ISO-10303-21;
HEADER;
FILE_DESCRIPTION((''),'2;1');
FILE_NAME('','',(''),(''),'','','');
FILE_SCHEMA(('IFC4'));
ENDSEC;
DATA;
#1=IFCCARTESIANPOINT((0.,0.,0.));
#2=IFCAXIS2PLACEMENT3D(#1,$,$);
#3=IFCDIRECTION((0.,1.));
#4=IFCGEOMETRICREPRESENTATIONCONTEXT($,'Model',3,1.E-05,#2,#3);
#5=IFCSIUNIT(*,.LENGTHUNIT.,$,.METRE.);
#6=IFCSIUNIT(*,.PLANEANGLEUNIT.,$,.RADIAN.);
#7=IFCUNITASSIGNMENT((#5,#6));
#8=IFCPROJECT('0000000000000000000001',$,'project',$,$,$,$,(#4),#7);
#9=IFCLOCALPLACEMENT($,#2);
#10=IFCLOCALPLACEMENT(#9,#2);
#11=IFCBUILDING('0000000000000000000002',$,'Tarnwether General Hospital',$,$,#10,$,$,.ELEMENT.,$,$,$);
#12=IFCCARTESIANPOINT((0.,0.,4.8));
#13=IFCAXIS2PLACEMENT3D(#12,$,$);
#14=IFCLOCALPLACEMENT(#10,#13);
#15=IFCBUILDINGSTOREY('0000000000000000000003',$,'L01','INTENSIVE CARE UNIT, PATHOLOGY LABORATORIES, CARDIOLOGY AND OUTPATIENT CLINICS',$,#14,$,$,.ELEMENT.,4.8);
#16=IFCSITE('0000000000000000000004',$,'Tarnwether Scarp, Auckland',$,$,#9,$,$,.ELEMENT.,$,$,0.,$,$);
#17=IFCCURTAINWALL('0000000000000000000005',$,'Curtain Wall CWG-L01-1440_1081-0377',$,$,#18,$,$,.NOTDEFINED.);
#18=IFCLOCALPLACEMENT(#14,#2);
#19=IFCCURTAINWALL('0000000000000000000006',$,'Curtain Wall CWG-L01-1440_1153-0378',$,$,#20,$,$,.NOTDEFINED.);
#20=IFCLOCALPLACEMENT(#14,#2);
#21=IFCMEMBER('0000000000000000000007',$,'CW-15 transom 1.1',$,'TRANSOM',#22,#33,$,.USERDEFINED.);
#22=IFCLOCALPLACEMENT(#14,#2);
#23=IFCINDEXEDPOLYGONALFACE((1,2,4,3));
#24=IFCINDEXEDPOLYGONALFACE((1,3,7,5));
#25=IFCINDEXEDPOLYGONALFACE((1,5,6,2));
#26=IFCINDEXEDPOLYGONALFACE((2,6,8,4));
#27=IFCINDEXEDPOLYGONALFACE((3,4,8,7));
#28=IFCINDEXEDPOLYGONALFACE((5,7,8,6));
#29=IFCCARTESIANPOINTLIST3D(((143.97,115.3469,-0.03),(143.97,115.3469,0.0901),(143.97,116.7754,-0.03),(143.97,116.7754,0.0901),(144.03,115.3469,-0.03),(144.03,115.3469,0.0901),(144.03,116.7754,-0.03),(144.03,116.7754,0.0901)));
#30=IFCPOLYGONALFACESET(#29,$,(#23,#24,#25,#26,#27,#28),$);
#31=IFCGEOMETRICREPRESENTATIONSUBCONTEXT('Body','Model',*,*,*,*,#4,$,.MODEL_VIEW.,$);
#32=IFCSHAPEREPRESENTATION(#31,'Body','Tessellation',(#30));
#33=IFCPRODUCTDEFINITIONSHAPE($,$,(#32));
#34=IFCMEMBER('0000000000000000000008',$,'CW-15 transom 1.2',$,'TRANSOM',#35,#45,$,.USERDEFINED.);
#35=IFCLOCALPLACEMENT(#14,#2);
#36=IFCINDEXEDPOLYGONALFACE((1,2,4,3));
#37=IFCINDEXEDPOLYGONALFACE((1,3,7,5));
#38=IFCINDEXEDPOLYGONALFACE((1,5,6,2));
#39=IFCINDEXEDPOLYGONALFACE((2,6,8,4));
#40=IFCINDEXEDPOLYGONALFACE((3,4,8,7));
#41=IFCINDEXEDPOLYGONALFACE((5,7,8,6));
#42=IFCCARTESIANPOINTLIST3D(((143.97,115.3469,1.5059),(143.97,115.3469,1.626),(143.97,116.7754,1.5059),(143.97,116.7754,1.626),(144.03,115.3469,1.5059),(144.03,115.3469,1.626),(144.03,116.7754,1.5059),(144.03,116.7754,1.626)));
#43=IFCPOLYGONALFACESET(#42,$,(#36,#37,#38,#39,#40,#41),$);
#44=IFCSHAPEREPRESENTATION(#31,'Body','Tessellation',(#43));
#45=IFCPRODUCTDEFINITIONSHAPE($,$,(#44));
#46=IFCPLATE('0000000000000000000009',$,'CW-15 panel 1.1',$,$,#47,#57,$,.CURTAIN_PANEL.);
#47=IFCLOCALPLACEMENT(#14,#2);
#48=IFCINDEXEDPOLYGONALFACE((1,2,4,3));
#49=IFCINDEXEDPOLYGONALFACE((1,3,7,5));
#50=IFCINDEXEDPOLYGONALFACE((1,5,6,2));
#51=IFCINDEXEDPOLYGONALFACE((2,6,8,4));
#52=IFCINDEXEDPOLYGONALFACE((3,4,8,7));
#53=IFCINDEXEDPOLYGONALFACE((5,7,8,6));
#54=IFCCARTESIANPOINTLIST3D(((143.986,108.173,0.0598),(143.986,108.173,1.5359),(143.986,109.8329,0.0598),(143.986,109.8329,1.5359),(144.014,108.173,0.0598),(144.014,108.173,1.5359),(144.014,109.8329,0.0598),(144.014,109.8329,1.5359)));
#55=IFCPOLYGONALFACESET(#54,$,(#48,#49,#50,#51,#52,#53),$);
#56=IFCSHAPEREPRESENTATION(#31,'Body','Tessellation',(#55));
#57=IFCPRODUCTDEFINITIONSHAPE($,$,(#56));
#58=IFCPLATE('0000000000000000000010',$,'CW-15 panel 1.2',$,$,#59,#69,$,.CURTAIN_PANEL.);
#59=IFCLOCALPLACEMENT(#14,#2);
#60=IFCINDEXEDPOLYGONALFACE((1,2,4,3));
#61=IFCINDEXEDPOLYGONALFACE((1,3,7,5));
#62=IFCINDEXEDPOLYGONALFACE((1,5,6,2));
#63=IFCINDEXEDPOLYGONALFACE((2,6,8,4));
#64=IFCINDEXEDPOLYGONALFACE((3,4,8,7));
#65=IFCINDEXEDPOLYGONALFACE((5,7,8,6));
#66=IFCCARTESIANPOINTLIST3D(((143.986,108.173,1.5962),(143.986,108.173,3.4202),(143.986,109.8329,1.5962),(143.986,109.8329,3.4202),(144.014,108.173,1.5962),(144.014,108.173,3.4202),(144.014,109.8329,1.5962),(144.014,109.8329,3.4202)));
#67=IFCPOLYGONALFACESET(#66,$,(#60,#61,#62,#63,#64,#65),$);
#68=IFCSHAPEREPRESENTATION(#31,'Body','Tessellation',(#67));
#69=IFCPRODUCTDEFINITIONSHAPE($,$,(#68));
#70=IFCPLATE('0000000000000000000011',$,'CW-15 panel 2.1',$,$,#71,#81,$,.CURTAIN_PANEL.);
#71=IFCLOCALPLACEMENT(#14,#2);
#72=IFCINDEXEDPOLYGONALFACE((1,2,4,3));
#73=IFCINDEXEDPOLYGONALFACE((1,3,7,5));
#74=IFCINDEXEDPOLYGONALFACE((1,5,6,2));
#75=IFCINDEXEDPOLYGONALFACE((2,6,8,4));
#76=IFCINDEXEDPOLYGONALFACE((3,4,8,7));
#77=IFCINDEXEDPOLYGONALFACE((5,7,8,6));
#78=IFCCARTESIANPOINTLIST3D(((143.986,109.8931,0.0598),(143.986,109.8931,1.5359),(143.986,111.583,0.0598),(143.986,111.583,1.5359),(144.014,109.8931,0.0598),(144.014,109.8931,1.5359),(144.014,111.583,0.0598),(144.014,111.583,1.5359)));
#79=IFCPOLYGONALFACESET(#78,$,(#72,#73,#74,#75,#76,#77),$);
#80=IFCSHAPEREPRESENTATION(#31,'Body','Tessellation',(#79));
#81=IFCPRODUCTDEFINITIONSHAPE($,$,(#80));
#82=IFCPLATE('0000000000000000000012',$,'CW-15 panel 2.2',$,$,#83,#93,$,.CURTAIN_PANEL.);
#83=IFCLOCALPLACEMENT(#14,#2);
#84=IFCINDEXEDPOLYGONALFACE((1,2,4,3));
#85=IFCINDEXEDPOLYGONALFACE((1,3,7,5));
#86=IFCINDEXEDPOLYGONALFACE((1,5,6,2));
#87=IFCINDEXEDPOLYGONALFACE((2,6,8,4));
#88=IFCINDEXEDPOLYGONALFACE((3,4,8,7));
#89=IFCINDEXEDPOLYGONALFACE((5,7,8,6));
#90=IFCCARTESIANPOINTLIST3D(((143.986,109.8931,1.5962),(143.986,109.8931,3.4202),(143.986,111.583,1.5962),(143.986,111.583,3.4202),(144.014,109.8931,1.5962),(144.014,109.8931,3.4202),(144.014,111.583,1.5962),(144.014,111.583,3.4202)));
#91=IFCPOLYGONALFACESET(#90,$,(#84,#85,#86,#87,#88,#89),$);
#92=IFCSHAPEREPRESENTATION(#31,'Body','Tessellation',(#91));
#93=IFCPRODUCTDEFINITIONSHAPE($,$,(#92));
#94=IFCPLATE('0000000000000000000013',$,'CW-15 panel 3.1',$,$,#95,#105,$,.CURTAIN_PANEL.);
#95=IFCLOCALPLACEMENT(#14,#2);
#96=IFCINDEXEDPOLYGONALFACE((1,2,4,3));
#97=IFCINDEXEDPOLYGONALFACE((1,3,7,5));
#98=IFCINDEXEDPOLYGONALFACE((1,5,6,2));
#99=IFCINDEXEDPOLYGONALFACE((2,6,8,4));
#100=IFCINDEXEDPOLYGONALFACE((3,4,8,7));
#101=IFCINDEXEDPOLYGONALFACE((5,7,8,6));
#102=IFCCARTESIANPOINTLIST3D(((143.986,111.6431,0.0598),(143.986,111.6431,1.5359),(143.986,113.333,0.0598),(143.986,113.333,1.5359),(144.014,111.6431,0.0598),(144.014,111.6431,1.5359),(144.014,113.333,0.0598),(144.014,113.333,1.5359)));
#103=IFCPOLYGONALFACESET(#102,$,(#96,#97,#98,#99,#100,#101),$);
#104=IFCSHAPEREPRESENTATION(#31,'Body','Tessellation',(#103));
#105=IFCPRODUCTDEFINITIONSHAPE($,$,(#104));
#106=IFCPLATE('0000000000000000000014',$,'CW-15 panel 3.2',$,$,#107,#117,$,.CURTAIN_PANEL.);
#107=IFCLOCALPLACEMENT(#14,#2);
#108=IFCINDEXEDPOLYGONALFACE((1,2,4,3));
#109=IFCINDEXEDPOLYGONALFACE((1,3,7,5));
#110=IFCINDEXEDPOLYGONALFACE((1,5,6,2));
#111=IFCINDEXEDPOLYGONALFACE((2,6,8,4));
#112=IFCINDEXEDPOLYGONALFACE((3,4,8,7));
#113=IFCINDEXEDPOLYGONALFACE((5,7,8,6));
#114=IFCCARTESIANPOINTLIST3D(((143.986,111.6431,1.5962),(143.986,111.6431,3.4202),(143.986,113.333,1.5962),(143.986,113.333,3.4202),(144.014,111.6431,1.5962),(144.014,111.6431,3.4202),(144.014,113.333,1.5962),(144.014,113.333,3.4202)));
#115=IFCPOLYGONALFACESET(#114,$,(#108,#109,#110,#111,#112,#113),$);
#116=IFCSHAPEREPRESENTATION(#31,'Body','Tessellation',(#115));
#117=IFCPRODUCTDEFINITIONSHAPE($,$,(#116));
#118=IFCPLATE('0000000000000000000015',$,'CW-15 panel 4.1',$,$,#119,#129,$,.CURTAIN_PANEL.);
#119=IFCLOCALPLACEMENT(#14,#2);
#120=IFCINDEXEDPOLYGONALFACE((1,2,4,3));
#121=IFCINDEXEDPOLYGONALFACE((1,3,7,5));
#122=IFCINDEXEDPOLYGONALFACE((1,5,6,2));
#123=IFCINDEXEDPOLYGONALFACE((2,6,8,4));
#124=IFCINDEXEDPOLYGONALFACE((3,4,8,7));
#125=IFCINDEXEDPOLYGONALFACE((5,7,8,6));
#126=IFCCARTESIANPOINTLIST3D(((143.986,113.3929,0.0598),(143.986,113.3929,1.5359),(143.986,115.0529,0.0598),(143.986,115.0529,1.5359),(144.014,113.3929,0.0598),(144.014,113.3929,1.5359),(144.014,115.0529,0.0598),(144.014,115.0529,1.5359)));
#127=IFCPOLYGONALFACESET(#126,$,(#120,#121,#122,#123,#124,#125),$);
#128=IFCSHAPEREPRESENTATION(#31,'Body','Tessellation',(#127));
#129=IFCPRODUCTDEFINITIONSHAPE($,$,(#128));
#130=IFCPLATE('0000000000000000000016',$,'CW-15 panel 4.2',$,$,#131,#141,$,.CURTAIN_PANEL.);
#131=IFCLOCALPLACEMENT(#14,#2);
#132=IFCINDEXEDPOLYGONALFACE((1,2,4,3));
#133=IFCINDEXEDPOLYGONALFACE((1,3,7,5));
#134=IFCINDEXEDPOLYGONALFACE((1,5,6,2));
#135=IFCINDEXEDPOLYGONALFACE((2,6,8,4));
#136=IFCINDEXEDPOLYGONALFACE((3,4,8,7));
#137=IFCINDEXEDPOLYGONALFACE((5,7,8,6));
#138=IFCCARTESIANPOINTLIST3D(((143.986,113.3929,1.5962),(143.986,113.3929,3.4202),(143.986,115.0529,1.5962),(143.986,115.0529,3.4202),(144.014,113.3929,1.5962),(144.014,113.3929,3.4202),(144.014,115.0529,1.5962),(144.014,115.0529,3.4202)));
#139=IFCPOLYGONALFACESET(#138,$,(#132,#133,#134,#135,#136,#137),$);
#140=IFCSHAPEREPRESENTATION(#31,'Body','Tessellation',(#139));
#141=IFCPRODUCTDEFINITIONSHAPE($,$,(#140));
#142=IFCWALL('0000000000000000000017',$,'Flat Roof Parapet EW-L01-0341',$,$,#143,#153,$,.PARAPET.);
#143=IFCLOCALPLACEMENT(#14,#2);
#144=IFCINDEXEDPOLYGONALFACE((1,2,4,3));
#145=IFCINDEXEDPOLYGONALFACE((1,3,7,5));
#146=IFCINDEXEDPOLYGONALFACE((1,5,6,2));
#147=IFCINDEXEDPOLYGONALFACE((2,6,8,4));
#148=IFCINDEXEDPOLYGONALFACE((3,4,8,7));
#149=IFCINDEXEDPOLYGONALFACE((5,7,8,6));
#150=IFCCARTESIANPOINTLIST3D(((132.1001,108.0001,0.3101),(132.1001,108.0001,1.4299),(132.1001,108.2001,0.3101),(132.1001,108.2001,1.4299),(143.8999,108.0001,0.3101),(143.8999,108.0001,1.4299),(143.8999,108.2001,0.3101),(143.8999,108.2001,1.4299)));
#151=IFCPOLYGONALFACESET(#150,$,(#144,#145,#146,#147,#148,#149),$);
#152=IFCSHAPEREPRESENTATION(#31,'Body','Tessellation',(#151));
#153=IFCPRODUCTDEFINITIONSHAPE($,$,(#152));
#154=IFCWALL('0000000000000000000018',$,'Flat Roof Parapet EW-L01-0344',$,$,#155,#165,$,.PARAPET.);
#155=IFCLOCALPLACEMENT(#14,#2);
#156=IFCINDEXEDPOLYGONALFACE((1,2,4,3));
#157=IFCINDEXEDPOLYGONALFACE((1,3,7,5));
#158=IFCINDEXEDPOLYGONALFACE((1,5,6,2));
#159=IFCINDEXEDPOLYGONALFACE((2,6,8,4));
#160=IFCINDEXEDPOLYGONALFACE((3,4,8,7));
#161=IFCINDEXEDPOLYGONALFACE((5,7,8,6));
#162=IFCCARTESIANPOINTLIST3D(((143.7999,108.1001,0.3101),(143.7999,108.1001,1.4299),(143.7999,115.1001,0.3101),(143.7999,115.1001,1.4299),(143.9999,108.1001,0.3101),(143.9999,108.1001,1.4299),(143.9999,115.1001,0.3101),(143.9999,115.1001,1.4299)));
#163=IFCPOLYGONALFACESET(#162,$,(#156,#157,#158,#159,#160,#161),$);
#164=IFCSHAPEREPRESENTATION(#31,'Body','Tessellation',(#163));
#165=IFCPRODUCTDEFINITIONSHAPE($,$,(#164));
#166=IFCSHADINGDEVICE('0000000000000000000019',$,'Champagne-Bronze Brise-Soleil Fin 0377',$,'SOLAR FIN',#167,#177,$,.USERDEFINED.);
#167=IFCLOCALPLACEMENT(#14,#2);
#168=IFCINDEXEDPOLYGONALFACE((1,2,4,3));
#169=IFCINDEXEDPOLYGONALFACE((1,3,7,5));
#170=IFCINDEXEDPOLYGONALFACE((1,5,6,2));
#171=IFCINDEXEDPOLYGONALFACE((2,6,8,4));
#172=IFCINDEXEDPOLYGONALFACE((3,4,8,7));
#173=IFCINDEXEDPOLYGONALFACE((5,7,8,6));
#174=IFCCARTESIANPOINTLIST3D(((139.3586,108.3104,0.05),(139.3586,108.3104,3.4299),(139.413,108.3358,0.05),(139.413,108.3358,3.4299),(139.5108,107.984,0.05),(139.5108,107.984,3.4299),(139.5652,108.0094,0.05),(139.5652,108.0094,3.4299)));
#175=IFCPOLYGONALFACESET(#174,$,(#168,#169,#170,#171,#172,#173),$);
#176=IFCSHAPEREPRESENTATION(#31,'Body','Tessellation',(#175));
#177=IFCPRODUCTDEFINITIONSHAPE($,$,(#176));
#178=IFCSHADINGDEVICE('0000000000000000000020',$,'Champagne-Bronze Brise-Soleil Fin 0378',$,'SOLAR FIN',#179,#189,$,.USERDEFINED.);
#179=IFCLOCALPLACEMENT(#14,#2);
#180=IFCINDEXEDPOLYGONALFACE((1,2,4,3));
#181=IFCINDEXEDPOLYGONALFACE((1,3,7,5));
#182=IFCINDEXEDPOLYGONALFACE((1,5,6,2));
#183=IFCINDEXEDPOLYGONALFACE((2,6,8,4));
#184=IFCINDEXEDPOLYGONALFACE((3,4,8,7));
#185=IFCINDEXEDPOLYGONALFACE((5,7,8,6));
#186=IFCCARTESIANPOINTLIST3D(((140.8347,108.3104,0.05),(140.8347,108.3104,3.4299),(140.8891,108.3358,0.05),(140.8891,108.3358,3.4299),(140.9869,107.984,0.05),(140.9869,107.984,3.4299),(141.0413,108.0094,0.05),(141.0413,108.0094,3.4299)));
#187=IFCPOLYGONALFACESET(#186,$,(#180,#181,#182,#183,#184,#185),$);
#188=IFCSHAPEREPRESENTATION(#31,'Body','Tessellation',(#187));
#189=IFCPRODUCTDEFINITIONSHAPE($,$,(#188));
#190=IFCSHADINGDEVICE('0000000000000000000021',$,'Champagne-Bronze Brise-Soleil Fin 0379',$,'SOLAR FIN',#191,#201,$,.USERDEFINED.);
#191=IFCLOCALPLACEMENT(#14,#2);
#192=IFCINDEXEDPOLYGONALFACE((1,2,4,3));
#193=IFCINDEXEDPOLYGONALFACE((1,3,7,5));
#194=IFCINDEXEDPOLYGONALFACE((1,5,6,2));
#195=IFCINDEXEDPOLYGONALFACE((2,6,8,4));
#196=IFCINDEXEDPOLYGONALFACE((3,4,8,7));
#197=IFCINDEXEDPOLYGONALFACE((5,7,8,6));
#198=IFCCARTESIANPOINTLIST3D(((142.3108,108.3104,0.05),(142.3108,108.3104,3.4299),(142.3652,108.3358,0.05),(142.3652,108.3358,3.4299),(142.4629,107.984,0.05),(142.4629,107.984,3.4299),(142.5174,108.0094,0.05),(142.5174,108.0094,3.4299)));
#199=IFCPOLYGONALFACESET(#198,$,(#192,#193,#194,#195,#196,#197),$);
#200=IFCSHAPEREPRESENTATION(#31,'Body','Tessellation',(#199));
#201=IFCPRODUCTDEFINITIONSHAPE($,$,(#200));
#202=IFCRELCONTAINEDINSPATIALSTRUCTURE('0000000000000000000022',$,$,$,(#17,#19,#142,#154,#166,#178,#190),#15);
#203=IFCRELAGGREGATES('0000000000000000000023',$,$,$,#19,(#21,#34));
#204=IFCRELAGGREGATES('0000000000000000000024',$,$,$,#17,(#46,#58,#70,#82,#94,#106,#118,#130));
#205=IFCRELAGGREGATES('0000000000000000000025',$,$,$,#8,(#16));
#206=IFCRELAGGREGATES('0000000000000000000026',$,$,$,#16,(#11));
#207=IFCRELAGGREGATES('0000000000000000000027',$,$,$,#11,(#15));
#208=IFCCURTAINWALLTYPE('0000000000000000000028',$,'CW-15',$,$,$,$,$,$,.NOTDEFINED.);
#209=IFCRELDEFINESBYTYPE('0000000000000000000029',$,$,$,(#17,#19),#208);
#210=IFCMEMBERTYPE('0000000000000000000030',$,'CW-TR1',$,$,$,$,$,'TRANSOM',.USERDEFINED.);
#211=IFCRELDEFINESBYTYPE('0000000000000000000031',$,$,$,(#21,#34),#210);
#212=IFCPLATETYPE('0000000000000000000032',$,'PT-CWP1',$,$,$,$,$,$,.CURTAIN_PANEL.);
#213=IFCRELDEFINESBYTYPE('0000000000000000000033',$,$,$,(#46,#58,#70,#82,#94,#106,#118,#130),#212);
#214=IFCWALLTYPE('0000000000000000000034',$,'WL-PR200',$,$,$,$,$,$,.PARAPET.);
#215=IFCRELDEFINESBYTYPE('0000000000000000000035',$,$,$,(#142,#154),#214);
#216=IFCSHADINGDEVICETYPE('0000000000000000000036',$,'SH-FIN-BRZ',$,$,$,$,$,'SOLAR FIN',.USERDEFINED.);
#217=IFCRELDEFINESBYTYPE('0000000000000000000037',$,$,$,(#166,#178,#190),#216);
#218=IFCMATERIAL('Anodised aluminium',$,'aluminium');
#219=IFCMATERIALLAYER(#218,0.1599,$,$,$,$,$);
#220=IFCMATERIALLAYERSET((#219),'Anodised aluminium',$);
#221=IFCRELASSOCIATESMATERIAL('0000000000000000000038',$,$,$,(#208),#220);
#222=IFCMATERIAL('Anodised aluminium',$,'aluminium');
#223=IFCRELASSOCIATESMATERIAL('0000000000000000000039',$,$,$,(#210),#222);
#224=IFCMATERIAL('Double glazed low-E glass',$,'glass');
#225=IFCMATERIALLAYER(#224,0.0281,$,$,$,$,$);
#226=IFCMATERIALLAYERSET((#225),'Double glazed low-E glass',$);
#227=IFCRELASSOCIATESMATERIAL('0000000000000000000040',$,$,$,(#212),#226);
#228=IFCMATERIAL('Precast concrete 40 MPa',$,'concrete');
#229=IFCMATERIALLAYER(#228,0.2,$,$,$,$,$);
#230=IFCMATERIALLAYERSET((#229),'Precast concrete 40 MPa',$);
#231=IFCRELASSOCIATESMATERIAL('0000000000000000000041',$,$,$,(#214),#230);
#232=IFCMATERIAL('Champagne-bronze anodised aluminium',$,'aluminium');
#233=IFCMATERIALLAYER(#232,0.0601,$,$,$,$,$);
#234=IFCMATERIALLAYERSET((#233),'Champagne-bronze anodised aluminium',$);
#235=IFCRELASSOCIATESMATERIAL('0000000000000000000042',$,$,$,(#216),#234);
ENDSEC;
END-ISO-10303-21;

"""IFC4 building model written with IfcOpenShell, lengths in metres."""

from ifc_helpers import new_model, si_unit, direction, frame, frame_2d, origin, origin_2d, place, context, subcontext, project, spatial, rectangle, extrude, material, layer, layer_set, material_profile, profile_set, type_object, element, aggregate, save


model = new_model("IFC4")

# Units and contexts
model_context = context("Model", 3, precision=1e-05, world=origin(), true_north=direction((0.0, 1.0)))
body_context = subcontext(model_context, "Body", "Model", "MODEL_VIEW")
ifc_project = project(units=[si_unit("LENGTHUNIT", "METRE"), si_unit("PLANEANGLEUNIT", "RADIAN")], contexts=[model_context])

# Site, building, storey
site_placement = place(None, origin())
site = spatial("IfcSite", under=ifc_project, at=site_placement, Name="Tarnwether Scarp, Auckland", CompositionType="ELEMENT", RefElevation=0.0)
building_placement = place(site_placement, origin())
building = spatial("IfcBuilding", under=site, at=building_placement, Name="Tarnwether General Hospital", CompositionType="ELEMENT")
storey_placement = place(building_placement, frame((0.0, 0.0, 4.8)))
storey = spatial("IfcBuildingStorey", under=building, at=storey_placement, Name="L01", Description="INTENSIVE CARE UNIT, PATHOLOGY LABORATORIES, CARDIOLOGY AND OUTPATIENT CLINICS", CompositionType="ELEMENT", Elevation=4.8)

# Curtain wall
ifc_material_1 = material(Name="Anodised aluminium", Category="aluminium")
ifc_layer_1 = layer(ifc_material_1, 0.1599)
ifc_layer_set_1 = layer_set([ifc_layer_1], Name="Anodised aluminium")
curtain_wall_type_1 = type_object("IfcCurtainWallType", Name="CW-15", PredefinedType="NOTDEFINED", material=ifc_layer_set_1)
curtain_wall_1_placement = place(storey_placement, origin())
curtain_wall_1 = element("IfcCurtainWall", 1, at=curtain_wall_1_placement, inside=storey, type_object=curtain_wall_type_1, Name="Curtain Wall CWG-L01-1440_1081-0377", PredefinedType="NOTDEFINED")

# Curtain wall
curtain_wall_2_placement = place(storey_placement, origin())
curtain_wall_2 = element("IfcCurtainWall", 2, at=curtain_wall_2_placement, inside=storey, type_object=curtain_wall_type_1, Name="Curtain Wall CWG-L01-1440_1153-0378", PredefinedType="NOTDEFINED")

# Members
ifc_material_2 = material(Name="Anodised aluminium", Category="aluminium")
ifc_material_profile_1 = material_profile(ifc_material_2, rectangle(XDim=0.0601, YDim=0.1201, at=origin_2d()), Name="ALU-TRN-60x120")
ifc_profile_set_1 = profile_set([ifc_material_profile_1], Name="Anodised aluminium")
member_type_1 = type_object("IfcMemberType", Name="CW-TR1", ElementType="TRANSOM", PredefinedType="USERDEFINED", material=ifc_profile_set_1)
member_1_placement = place(storey_placement, frame((144.0, 115.3469, 0.03), z_axis=(0.0, 1.0, 0.0), x_axis=(-1.0, 0.0, 0.0)))
member_1 = element("IfcMember", 3, at=member_1_placement, type_object=member_type_1, Name="CW-15 transom 1.1", ObjectType="TRANSOM", PredefinedType="USERDEFINED", context=body_context, shape_type="SweptSolid", body=[
    extrude(rectangle(XDim=0.0601, YDim=0.1201, at=origin_2d()), origin(), (0.0, 0.0, 1.0), 1.4285),
])
member_2_placement = place(storey_placement, frame((144.0, 115.3469, 1.5659), z_axis=(0.0, 1.0, 0.0), x_axis=(-1.0, 0.0, 0.0)))
member_2 = element("IfcMember", 4, at=member_2_placement, type_object=member_type_1, Name="CW-15 transom 1.2", ObjectType="TRANSOM", PredefinedType="USERDEFINED", context=body_context, shape_type="SweptSolid", body=[
    extrude(rectangle(XDim=0.0601, YDim=0.1201, at=origin_2d()), origin(), (0.0, 0.0, 1.0), 1.4285),
])
aggregate(curtain_wall_2, [member_1, member_2])

# Plates
ifc_material_3 = material(Name="Double glazed low-E glass", Category="glass")
ifc_layer_2 = layer(ifc_material_3, 0.0281)
ifc_layer_set_2 = layer_set([ifc_layer_2], Name="Double glazed low-E glass")
plate_type = type_object("IfcPlateType", Name="PT-CWP1", PredefinedType="CURTAIN_PANEL", material=ifc_layer_set_2)
plate_1_placement = place(storey_placement, frame((144.0, 109.0029, 0.0598), z_axis=(0.0, 0.0, 1.0), x_axis=(0.0, 1.0, 0.0)))
plate_1 = element("IfcPlate", 5, at=plate_1_placement, type_object=plate_type, Name="CW-15 panel 1.1", PredefinedType="CURTAIN_PANEL", context=body_context, shape_type="SweptSolid", body=[
    extrude(rectangle(XDim=1.6599, YDim=0.0281, at=origin_2d()), origin(), (0.0, 0.0, 1.0), 1.4761),
])
plate_2_placement = place(storey_placement, frame((144.0, 109.0029, 1.5962), z_axis=(0.0, 0.0, 1.0), x_axis=(0.0, 1.0, 0.0)))
plate_2 = element("IfcPlate", 6, at=plate_2_placement, type_object=plate_type, Name="CW-15 panel 1.2", PredefinedType="CURTAIN_PANEL", context=body_context, shape_type="SweptSolid", body=[
    extrude(rectangle(XDim=1.6599, YDim=0.0281, at=origin_2d()), origin(), (0.0, 0.0, 1.0), 1.824),
])
plate_3_placement = place(storey_placement, frame((144.0, 110.738, 0.0598), z_axis=(0.0, 0.0, 1.0), x_axis=(0.0, 1.0, 0.0)))
plate_3 = element("IfcPlate", 7, at=plate_3_placement, type_object=plate_type, Name="CW-15 panel 2.1", PredefinedType="CURTAIN_PANEL", context=body_context, shape_type="SweptSolid", body=[
    extrude(rectangle(XDim=1.6899, YDim=0.0281, at=origin_2d()), origin(), (0.0, 0.0, 1.0), 1.4761),
])
plate_4_placement = place(storey_placement, frame((144.0, 110.738, 1.5962), z_axis=(0.0, 0.0, 1.0), x_axis=(0.0, 1.0, 0.0)))
plate_4 = element("IfcPlate", 8, at=plate_4_placement, type_object=plate_type, Name="CW-15 panel 2.2", PredefinedType="CURTAIN_PANEL", context=body_context, shape_type="SweptSolid", body=[
    extrude(rectangle(XDim=1.6899, YDim=0.0281, at=origin_2d()), origin(), (0.0, 0.0, 1.0), 1.824),
])
plate_5_placement = place(storey_placement, frame((144.0, 112.488, 0.0598), z_axis=(0.0, 0.0, 1.0), x_axis=(0.0, 1.0, 0.0)))
plate_5 = element("IfcPlate", 9, at=plate_5_placement, type_object=plate_type, Name="CW-15 panel 3.1", PredefinedType="CURTAIN_PANEL", context=body_context, shape_type="SweptSolid", body=[
    extrude(rectangle(XDim=1.6899, YDim=0.0281, at=origin_2d()), origin(), (0.0, 0.0, 1.0), 1.4761),
])
plate_6_placement = place(storey_placement, frame((144.0, 112.488, 1.5962), z_axis=(0.0, 0.0, 1.0), x_axis=(0.0, 1.0, 0.0)))
plate_6 = element("IfcPlate", 10, at=plate_6_placement, type_object=plate_type, Name="CW-15 panel 3.2", PredefinedType="CURTAIN_PANEL", context=body_context, shape_type="SweptSolid", body=[
    extrude(rectangle(XDim=1.6899, YDim=0.0281, at=origin_2d()), origin(), (0.0, 0.0, 1.0), 1.824),
])
plate_7_placement = place(storey_placement, frame((144.0, 114.2229, 0.0598), z_axis=(0.0, 0.0, 1.0), x_axis=(0.0, 1.0, 0.0)))
plate_7 = element("IfcPlate", 11, at=plate_7_placement, type_object=plate_type, Name="CW-15 panel 4.1", PredefinedType="CURTAIN_PANEL", context=body_context, shape_type="SweptSolid", body=[
    extrude(rectangle(XDim=1.6599, YDim=0.0281, at=origin_2d()), origin(), (0.0, 0.0, 1.0), 1.4761),
])
plate_8_placement = place(storey_placement, frame((144.0, 114.2229, 1.5962), z_axis=(0.0, 0.0, 1.0), x_axis=(0.0, 1.0, 0.0)))
plate_8 = element("IfcPlate", 12, at=plate_8_placement, type_object=plate_type, Name="CW-15 panel 4.2", PredefinedType="CURTAIN_PANEL", context=body_context, shape_type="SweptSolid", body=[
    extrude(rectangle(XDim=1.6599, YDim=0.0281, at=origin_2d()), origin(), (0.0, 0.0, 1.0), 1.824),
])
aggregate(curtain_wall_1, [plate_1, plate_2, plate_3, plate_4, plate_5, plate_6, plate_7, plate_8])

# Walls
ifc_material_4 = material(Name="Precast concrete 40 MPa", Category="concrete")
ifc_layer_3 = layer(ifc_material_4, 0.2)
ifc_layer_set_3 = layer_set([ifc_layer_3], Name="Precast concrete 40 MPa")
wall_type = type_object("IfcWallType", Name="WL-PR200", PredefinedType="PARAPET", material=ifc_layer_set_3)
wall_1_placement = place(storey_placement, frame((143.8999, 108.1001, 0.3101), z_axis=(0.0, 0.0, 1.0), x_axis=(-1.0, 0.0, 0.0)))
element("IfcWall", 13, at=wall_1_placement, inside=storey, type_object=wall_type, Name="Flat Roof Parapet EW-L01-0341", PredefinedType="PARAPET", context=body_context, shape_type="SweptSolid", body=[
    extrude(rectangle(XDim=11.7998, YDim=0.2, at=frame_2d((5.8999, 0.0))), origin(), (0.0, 0.0, 1.0), 1.1199),
])
wall_2_placement = place(storey_placement, frame((143.8999, 115.1001, 0.3101), z_axis=(0.0, 0.0, 1.0), x_axis=(0.0, -1.0, 0.0)))
element("IfcWall", 14, at=wall_2_placement, inside=storey, type_object=wall_type, Name="Flat Roof Parapet EW-L01-0344", PredefinedType="PARAPET", context=body_context, shape_type="SweptSolid", body=[
    extrude(rectangle(XDim=7.0, YDim=0.2, at=frame_2d((3.5, 0.0))), origin(), (0.0, 0.0, 1.0), 1.1199),
])

# Shading devices
ifc_material_5 = material(Name="Champagne-bronze anodised aluminium", Category="aluminium")
ifc_layer_4 = layer(ifc_material_5, 0.0601)
ifc_layer_set_4 = layer_set([ifc_layer_4], Name="Champagne-bronze anodised aluminium")
shading_device_type = type_object("IfcShadingDeviceType", Name="SH-FIN-BRZ", ElementType="SOLAR FIN", PredefinedType="USERDEFINED", material=ifc_layer_set_4)
for number, where, z_axis, x_axis, name in (
    (15, (139.4619, 108.1599, 0.05), (0.0, 0.0, 1.0), (0.906308, 0.422618, 0.0), "Champagne-Bronze Brise-Soleil Fin 0377"),
    (16, (140.938, 108.1599, 0.05), (0.0, 0.0, 1.0), (0.906308, 0.422618, 0.0), "Champagne-Bronze Brise-Soleil Fin 0378"),
    (17, (142.4141, 108.1599, 0.05), (0.0, 0.0, 1.0), (0.906308, 0.422618, 0.0), "Champagne-Bronze Brise-Soleil Fin 0379"),
):
    element("IfcShadingDevice", number, at=place(storey_placement, frame(where, z_axis=z_axis, x_axis=x_axis)), inside=storey, type_object=shading_device_type, Name=name, ObjectType="SOLAR FIN", PredefinedType="USERDEFINED", context=body_context, shape_type="SweptSolid", body=[
        extrude(rectangle(XDim=0.0601, YDim=0.3601, at=origin_2d()), origin(), (0.0, 0.0, 1.0), 3.3799),
    ])

save(model, "model.ifc")
